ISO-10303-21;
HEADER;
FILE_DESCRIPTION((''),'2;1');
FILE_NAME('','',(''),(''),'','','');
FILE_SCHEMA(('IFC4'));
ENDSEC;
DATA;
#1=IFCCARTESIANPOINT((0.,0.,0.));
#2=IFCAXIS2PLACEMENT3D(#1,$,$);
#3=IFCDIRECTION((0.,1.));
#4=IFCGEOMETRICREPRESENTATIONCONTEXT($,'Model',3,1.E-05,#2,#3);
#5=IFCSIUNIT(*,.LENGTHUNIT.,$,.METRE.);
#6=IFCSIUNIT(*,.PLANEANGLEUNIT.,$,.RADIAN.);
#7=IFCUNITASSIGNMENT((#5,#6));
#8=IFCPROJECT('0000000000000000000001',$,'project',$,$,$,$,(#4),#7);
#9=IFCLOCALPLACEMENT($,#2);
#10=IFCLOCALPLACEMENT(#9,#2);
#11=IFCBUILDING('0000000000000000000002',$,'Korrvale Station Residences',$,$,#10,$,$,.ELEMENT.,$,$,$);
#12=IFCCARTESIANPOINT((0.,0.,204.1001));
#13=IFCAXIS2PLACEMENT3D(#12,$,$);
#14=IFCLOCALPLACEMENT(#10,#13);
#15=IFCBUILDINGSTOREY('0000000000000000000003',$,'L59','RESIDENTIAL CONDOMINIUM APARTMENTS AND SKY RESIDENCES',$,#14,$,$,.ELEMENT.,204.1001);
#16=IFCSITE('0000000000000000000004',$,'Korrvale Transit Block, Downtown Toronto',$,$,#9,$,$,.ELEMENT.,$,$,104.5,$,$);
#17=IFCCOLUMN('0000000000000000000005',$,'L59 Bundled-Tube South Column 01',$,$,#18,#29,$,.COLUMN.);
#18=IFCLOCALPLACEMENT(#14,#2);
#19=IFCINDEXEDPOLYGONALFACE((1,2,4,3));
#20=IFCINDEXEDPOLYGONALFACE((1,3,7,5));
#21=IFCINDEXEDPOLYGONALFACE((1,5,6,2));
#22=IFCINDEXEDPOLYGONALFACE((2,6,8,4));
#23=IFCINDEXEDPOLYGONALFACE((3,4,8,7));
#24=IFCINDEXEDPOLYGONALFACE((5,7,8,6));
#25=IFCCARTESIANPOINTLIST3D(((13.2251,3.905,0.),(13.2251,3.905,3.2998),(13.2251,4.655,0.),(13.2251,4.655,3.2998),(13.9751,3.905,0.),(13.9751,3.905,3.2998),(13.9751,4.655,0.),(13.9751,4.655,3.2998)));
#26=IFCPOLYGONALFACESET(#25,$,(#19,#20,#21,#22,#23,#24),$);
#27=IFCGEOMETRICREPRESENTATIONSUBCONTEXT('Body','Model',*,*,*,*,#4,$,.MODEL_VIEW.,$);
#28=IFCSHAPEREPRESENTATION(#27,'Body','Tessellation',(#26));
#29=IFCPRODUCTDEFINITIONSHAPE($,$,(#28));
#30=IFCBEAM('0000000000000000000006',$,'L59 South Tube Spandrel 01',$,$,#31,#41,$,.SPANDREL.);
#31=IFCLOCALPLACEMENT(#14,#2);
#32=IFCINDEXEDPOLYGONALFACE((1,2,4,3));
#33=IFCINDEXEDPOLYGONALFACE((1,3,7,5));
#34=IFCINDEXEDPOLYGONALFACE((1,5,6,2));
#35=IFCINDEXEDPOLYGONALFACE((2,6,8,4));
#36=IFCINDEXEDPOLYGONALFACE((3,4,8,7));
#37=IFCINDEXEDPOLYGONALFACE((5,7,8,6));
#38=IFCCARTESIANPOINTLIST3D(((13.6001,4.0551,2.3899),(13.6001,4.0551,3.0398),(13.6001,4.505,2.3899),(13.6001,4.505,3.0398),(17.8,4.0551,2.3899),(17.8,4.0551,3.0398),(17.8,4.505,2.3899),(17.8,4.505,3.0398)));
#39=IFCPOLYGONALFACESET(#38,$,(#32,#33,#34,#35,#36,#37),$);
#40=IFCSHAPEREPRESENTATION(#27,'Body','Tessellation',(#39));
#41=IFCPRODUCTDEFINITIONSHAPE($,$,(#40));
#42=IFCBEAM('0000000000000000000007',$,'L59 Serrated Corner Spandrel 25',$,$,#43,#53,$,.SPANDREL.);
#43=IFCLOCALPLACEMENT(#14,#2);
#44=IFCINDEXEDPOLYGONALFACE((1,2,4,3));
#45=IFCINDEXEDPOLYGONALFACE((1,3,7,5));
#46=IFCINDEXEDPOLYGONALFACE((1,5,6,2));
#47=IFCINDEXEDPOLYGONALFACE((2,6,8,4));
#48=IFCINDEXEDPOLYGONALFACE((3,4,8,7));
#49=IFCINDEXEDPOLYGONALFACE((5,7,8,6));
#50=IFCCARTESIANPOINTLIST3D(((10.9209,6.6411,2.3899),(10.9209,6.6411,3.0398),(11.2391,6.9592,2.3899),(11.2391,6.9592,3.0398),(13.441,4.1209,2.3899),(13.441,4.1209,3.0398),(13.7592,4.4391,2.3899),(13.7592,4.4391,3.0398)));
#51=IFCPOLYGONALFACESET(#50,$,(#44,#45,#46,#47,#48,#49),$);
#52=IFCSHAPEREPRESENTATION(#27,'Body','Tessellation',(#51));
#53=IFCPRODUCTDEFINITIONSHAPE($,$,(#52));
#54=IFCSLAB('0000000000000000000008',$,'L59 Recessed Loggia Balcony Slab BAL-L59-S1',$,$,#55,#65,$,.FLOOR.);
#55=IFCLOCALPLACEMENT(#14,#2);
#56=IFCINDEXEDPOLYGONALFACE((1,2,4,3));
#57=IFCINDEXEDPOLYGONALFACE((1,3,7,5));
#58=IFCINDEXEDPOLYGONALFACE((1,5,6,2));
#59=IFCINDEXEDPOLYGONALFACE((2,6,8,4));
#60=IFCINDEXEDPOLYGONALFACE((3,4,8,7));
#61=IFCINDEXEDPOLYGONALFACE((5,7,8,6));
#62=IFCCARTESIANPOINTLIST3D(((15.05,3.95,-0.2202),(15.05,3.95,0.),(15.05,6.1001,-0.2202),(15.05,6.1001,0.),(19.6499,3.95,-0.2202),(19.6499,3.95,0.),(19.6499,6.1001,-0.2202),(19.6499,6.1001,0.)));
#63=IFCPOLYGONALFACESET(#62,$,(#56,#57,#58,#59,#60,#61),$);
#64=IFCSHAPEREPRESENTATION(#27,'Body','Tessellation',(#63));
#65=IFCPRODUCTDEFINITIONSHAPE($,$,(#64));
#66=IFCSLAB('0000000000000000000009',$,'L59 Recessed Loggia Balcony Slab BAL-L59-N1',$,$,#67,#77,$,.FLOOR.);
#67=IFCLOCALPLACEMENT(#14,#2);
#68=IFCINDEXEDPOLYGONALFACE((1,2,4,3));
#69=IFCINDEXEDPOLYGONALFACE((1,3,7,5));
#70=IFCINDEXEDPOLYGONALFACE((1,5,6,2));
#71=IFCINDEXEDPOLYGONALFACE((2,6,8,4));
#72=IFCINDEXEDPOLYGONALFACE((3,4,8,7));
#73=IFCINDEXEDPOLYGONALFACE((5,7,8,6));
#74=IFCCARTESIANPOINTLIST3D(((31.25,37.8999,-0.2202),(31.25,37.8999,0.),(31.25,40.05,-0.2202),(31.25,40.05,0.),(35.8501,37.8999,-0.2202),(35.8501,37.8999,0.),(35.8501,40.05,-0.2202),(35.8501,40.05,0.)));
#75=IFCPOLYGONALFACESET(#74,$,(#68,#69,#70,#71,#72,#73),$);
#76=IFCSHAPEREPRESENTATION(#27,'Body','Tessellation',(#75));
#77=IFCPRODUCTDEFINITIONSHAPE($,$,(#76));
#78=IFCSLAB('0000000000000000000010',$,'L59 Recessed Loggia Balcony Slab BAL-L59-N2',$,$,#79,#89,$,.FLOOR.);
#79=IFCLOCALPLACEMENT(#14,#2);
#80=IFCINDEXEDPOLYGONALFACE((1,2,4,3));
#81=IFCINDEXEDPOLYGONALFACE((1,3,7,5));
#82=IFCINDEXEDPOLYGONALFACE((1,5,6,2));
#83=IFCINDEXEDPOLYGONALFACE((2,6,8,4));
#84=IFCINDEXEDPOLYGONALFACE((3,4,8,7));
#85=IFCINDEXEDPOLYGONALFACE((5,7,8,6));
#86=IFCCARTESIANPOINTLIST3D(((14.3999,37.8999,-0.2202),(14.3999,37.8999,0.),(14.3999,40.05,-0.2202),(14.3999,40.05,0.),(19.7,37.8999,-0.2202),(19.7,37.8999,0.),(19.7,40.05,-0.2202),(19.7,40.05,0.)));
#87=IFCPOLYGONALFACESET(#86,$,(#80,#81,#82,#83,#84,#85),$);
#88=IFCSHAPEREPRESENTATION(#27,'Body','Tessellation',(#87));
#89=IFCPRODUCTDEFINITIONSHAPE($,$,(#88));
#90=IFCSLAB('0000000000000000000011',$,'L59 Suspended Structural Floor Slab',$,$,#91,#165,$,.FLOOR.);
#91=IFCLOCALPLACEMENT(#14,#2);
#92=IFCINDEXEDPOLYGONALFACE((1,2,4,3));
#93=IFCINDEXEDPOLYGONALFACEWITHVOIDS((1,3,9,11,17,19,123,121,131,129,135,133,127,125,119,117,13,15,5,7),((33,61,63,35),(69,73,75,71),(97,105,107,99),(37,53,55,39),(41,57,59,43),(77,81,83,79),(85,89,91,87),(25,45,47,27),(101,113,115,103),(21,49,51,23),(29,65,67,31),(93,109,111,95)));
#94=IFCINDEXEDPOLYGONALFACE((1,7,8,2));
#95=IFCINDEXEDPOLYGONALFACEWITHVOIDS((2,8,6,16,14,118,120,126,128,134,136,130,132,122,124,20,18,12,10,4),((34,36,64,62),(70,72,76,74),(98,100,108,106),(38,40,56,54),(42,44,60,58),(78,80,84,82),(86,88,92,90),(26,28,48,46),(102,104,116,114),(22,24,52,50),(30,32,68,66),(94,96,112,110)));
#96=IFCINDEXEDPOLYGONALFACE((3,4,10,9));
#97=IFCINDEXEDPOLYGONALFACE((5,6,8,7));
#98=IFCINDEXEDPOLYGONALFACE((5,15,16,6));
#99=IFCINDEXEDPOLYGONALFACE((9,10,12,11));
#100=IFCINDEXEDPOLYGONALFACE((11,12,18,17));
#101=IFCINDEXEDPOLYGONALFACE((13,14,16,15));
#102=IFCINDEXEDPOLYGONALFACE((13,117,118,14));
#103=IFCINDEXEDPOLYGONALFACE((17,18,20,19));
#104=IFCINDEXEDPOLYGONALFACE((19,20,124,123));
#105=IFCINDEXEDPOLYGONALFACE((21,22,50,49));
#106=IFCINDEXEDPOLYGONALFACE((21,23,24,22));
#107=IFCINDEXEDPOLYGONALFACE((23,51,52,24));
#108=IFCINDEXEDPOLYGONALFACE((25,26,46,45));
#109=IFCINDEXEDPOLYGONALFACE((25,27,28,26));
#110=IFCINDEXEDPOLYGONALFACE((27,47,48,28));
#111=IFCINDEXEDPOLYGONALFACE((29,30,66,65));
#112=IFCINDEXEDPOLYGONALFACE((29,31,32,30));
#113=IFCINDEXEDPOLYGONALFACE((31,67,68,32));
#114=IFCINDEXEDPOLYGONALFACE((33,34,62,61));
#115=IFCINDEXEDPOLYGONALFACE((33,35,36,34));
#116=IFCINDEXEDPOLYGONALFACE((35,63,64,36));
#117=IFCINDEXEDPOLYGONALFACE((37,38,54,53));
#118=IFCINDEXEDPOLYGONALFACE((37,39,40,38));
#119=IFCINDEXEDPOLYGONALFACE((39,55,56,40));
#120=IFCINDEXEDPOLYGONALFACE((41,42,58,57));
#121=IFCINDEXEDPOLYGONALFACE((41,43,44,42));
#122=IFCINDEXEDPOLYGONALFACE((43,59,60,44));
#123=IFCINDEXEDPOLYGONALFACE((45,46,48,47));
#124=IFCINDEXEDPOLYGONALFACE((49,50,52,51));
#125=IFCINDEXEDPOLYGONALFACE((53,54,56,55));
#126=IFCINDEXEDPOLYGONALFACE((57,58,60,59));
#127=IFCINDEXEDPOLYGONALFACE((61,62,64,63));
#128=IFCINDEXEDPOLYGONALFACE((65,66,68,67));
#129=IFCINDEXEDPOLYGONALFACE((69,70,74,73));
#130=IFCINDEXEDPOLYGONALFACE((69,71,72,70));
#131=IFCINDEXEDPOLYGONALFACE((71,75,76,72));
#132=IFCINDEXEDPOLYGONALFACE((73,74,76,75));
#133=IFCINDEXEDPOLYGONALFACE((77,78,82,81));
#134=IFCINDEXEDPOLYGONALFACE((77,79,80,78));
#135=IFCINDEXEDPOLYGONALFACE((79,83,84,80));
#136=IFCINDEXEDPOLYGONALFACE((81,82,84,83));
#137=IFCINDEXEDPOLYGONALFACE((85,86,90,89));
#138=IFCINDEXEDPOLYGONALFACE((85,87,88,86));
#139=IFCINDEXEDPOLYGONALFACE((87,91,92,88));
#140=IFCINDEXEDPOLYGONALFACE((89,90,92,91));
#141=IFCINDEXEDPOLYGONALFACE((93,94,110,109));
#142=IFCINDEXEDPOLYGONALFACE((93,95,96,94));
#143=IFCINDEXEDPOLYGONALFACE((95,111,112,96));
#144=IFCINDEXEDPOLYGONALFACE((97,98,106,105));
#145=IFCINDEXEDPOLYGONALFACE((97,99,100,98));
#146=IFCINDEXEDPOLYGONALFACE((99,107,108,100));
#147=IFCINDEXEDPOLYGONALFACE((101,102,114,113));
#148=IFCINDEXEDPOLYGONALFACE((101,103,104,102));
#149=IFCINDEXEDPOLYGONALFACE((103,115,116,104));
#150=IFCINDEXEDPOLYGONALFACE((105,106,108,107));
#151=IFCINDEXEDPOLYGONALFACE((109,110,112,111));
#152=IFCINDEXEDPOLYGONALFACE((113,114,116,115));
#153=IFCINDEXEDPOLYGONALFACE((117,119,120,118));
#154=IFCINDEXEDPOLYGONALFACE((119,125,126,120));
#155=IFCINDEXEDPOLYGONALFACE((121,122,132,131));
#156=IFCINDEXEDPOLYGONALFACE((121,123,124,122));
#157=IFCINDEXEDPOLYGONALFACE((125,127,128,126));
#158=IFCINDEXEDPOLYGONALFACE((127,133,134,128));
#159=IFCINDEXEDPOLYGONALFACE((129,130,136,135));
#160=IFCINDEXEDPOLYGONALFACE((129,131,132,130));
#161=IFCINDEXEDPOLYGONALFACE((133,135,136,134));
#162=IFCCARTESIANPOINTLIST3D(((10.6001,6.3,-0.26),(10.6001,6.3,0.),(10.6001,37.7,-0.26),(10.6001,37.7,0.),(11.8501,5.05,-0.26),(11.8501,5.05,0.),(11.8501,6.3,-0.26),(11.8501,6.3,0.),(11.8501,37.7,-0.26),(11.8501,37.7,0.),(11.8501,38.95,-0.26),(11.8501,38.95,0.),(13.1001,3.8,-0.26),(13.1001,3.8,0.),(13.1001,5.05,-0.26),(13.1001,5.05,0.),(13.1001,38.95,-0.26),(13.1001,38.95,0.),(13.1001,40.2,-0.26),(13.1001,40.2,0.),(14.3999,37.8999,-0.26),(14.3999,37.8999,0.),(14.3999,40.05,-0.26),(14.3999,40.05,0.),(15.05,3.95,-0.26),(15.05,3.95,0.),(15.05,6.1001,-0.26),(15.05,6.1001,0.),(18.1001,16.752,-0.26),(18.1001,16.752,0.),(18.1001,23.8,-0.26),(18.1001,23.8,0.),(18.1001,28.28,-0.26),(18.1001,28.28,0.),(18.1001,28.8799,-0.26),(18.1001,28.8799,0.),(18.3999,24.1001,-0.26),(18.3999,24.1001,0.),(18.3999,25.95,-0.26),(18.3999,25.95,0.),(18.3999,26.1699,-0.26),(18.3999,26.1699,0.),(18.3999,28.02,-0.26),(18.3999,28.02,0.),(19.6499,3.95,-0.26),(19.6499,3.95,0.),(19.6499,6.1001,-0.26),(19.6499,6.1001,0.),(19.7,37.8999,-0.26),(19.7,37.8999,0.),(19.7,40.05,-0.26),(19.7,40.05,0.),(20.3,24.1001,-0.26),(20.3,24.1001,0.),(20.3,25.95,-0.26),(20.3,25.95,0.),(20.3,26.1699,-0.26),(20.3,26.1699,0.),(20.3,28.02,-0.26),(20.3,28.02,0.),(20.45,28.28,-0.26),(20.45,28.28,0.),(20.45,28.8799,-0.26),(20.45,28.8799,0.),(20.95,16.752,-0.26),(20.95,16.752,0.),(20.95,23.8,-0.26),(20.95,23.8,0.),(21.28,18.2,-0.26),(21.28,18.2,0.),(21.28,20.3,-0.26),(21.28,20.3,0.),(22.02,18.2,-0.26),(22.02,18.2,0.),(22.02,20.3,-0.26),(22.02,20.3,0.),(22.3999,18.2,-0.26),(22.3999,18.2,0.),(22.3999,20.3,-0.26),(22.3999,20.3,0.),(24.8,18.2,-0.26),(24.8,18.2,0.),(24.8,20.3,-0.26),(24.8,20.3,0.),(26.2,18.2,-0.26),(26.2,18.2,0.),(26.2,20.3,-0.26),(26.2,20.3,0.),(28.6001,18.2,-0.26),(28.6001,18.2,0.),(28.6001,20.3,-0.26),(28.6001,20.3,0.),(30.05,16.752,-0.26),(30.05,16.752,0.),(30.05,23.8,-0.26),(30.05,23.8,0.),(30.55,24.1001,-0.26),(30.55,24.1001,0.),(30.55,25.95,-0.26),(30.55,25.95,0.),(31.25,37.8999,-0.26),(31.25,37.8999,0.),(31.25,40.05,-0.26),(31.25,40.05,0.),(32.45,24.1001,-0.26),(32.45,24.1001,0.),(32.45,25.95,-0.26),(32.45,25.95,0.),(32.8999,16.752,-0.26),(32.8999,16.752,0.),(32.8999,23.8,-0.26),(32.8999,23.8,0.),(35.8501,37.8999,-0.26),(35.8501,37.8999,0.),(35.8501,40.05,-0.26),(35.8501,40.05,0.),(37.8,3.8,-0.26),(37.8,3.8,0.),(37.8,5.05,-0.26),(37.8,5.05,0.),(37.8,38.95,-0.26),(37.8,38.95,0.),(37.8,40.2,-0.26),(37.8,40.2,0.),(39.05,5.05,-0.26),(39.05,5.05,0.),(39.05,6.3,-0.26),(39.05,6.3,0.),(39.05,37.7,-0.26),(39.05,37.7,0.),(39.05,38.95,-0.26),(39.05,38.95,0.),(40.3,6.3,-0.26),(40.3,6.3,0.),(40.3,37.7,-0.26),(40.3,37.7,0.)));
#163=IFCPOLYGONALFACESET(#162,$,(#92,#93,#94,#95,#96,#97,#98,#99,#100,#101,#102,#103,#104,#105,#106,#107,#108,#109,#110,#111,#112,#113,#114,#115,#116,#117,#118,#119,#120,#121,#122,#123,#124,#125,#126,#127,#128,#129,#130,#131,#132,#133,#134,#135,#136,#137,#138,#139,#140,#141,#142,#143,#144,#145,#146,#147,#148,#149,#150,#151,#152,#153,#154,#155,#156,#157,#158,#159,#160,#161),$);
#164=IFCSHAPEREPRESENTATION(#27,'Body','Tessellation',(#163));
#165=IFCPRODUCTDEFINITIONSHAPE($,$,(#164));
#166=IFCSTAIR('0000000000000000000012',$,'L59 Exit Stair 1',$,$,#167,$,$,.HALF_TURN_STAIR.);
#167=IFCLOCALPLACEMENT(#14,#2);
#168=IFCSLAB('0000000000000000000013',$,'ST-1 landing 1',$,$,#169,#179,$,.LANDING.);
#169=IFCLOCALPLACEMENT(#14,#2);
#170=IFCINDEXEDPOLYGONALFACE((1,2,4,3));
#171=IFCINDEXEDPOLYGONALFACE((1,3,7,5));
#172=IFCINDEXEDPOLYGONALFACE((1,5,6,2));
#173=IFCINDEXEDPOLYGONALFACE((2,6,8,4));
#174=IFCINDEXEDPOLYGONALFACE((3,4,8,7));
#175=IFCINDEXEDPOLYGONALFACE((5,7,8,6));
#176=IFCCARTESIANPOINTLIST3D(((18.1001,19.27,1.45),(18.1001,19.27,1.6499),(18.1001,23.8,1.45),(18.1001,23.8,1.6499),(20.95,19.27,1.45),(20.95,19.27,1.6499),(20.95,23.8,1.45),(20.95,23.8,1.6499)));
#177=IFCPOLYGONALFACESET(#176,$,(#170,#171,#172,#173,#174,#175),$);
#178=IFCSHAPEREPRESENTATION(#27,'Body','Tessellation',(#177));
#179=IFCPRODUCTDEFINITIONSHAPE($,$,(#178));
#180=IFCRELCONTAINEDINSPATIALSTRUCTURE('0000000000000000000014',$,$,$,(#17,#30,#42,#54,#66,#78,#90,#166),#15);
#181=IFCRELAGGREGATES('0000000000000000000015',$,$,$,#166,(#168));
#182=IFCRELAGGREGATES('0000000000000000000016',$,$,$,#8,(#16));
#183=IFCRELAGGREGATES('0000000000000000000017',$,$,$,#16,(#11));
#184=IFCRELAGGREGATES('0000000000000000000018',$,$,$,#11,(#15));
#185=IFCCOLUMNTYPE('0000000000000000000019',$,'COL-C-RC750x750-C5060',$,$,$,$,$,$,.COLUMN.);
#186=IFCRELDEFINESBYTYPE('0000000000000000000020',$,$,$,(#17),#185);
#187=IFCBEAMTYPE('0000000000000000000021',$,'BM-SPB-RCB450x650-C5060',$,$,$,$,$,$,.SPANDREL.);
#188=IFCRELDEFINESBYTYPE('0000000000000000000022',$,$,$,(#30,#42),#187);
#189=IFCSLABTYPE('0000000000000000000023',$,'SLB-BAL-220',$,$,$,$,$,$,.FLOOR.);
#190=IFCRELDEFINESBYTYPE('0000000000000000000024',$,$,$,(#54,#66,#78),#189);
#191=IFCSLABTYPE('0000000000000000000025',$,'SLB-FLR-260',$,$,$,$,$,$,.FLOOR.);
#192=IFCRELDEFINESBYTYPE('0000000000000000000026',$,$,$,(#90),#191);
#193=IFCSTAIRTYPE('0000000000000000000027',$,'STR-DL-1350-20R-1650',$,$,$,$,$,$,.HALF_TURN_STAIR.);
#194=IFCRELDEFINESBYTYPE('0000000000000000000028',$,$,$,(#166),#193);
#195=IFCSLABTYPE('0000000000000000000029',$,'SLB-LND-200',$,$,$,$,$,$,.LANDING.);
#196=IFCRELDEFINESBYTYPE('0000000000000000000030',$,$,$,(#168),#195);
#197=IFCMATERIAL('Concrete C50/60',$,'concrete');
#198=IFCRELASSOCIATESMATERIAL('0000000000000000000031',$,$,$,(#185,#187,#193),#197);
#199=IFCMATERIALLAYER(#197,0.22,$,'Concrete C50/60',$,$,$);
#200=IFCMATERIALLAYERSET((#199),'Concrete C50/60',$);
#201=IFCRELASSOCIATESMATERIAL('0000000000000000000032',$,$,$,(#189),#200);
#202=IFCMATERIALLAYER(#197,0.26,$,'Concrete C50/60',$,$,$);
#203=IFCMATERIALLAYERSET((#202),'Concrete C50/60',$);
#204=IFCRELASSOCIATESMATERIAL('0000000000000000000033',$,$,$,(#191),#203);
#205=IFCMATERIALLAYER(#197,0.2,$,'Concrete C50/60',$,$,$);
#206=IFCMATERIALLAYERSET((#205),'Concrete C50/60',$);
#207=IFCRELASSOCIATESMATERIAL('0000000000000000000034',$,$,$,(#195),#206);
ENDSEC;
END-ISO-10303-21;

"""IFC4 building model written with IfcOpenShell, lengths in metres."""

from ifc_helpers import new_model, si_unit, direction, frame, origin, origin_2d, place, context, subcontext, project, spatial, polyline, rectangle, outline, extrude, material, layer, layer_set, material_profile, profile_set, type_object, element, aggregate, save


model = new_model("IFC4")

# Units and contexts
model_context = context("Model", 3, precision=1e-05, world=origin(), true_north=direction((0.0, 1.0)))
body_context = subcontext(model_context, "Body", "Model", "MODEL_VIEW")
ifc_project = project(units=[si_unit("LENGTHUNIT", "METRE"), si_unit("PLANEANGLEUNIT", "RADIAN")], contexts=[model_context])

# Site, building, storey
site_placement = place(None, origin())
site = spatial("IfcSite", under=ifc_project, at=site_placement, Name="Korrvale Transit Block, Downtown Toronto", CompositionType="ELEMENT", RefElevation=104.5)
building_placement = place(site_placement, origin())
building = spatial("IfcBuilding", under=site, at=building_placement, Name="Korrvale Station Residences", CompositionType="ELEMENT")
storey_placement = place(building_placement, frame((0.0, 0.0, 204.1001)))
storey = spatial("IfcBuildingStorey", under=building, at=storey_placement, Name="L59", Description="RESIDENTIAL CONDOMINIUM APARTMENTS AND SKY RESIDENCES", CompositionType="ELEMENT", Elevation=204.1001)

# Column
ifc_material_1 = material(Name="Concrete C50/60", Category="concrete")
ifc_material_profile_1 = material_profile(ifc_material_1, rectangle(XDim=0.75, YDim=0.75, at=origin_2d()), Name="RC750x750")
ifc_profile_set_1 = profile_set([ifc_material_profile_1], Name="Concrete C50/60")
column_type = type_object("IfcColumnType", Name="COL-C-RC750x750-C5060", PredefinedType="COLUMN", material=ifc_profile_set_1)
column_placement = place(storey_placement, frame((13.6001, 4.28, 0.0), z_axis=(0.0, 0.0, 1.0), x_axis=(1.0, 0.0, 0.0)))
element("IfcColumn", 1, at=column_placement, inside=storey, type_object=column_type, Name="L59 Bundled-Tube South Column 01", PredefinedType="COLUMN", context=body_context, shape_type="SweptSolid", body=[
    extrude(rectangle(XDim=0.75, YDim=0.75, at=origin_2d()), origin(), (0.0, 0.0, 1.0), 3.2998),
])

# Beams
ifc_material_profile_2 = material_profile(ifc_material_1, rectangle(XDim=0.45, YDim=0.6499, at=origin_2d()), Name="RCB450x650")
ifc_profile_set_2 = profile_set([ifc_material_profile_2], Name="Concrete C50/60")
beam_type = type_object("IfcBeamType", Name="BM-SPB-RCB450x650-C5060", PredefinedType="SPANDREL", material=ifc_profile_set_2)
beam_1_placement = place(storey_placement, frame((13.6001, 4.28, 2.7148), z_axis=(1.0, 0.0, 0.0), x_axis=(0.0, 1.0, 0.0)))
element("IfcBeam", 2, at=beam_1_placement, inside=storey, type_object=beam_type, Name="L59 South Tube Spandrel 01", PredefinedType="SPANDREL", context=body_context, shape_type="SweptSolid", body=[
    extrude(rectangle(XDim=0.45, YDim=0.6499, at=origin_2d()), origin(), (0.0, 0.0, 1.0), 4.2),
])
beam_2_placement = place(storey_placement, frame((13.6001, 4.28, 2.7148), z_axis=(-0.707107, 0.707107, 0.0), x_axis=(-0.707107, -0.707107, 0.0)))
element("IfcBeam", 3, at=beam_2_placement, inside=storey, type_object=beam_type, Name="L59 Serrated Corner Spandrel 25", PredefinedType="SPANDREL", context=body_context, shape_type="SweptSolid", body=[
    extrude(rectangle(XDim=0.45, YDim=0.6499, at=origin_2d()), origin(), (0.0, 0.0, 1.0), 3.564),
])

# Slabs
ifc_layer_1 = layer(ifc_material_1, 0.22, Name="Concrete C50/60")
ifc_layer_set_1 = layer_set([ifc_layer_1], Name="Concrete C50/60")
slab_type_1 = type_object("IfcSlabType", Name="SLB-BAL-220", PredefinedType="FLOOR", material=ifc_layer_set_1)
slab_1_placement = place(storey_placement, frame((0.0, 0.0, -0.2202)))
element("IfcSlab", 4, at=slab_1_placement, inside=storey, type_object=slab_type_1, Name="L59 Recessed Loggia Balcony Slab BAL-L59-S1", PredefinedType="FLOOR", context=body_context, shape_type="SweptSolid", body=[
    extrude(outline(polyline([(15.05, 3.95), (19.6499, 3.95), (19.6499, 6.1001), (15.05, 6.1001), (15.05, 3.95)])), origin(), (0.0, 0.0, 1.0), 0.2202),
])
slab_2_placement = place(storey_placement, frame((0.0, 0.0, -0.2202)))
element("IfcSlab", 5, at=slab_2_placement, inside=storey, type_object=slab_type_1, Name="L59 Recessed Loggia Balcony Slab BAL-L59-N1", PredefinedType="FLOOR", context=body_context, shape_type="SweptSolid", body=[
    extrude(outline(polyline([(31.25, 37.8999), (35.8501, 37.8999), (35.8501, 40.05), (31.25, 40.05), (31.25, 37.8999)])), origin(), (0.0, 0.0, 1.0), 0.2202),
])
slab_3_placement = place(storey_placement, frame((0.0, 0.0, -0.2202)))
element("IfcSlab", 6, at=slab_3_placement, inside=storey, type_object=slab_type_1, Name="L59 Recessed Loggia Balcony Slab BAL-L59-N2", PredefinedType="FLOOR", context=body_context, shape_type="SweptSolid", body=[
    extrude(outline(polyline([(14.3999, 37.8999), (19.7, 37.8999), (19.7, 40.05), (14.3999, 40.05), (14.3999, 37.8999)])), origin(), (0.0, 0.0, 1.0), 0.2202),
])
ifc_layer_2 = layer(ifc_material_1, 0.26, Name="Concrete C50/60")
ifc_layer_set_2 = layer_set([ifc_layer_2], Name="Concrete C50/60")
slab_type_2 = type_object("IfcSlabType", Name="SLB-FLR-260", PredefinedType="FLOOR", material=ifc_layer_set_2)
slab_4_placement = place(storey_placement, frame((0.0, 0.0, -0.26)))
element("IfcSlab", 7, at=slab_4_placement, inside=storey, type_object=slab_type_2, Name="L59 Suspended Structural Floor Slab", PredefinedType="FLOOR", context=body_context, shape_type="SweptSolid", body=[
    extrude(outline(polyline([(13.1001, 3.8), (37.8, 3.8), (37.8, 5.05), (39.05, 5.05), (39.05, 6.3), (40.3, 6.3), (40.3, 37.7), (39.05, 37.7), (39.05, 38.95), (37.8, 38.95), (37.8, 40.2), (13.1001, 40.2), (13.1001, 38.95), (11.8501, 38.95), (11.8501, 37.7), (10.6001, 37.7), (10.6001, 6.3), (11.8501, 6.3), (11.8501, 5.05), (13.1001, 5.05), (13.1001, 3.8)]), holes=[polyline([(20.95, 16.752), (20.95, 23.8), (18.1001, 23.8), (18.1001, 16.752), (20.95, 16.752)]), polyline([(32.8999, 16.752), (32.8999, 23.8), (30.05, 23.8), (30.05, 16.752), (32.8999, 16.752)]), polyline([(18.3999, 24.1001), (20.3, 24.1001), (20.3, 25.95), (18.3999, 25.95), (18.3999, 24.1001)]), polyline([(18.3999, 26.1699), (20.3, 26.1699), (20.3, 28.02), (18.3999, 28.02), (18.3999, 26.1699)]), polyline([(30.55, 24.1001), (32.45, 24.1001), (32.45, 25.95), (30.55, 25.95), (30.55, 24.1001)]), polyline([(22.3999, 18.2), (24.8, 18.2), (24.8, 20.3), (22.3999, 20.3), (22.3999, 18.2)]), polyline([(26.2, 18.2), (28.6001, 18.2), (28.6001, 20.3), (26.2, 20.3), (26.2, 18.2)]), polyline([(18.1001, 28.28), (20.45, 28.28), (20.45, 28.8799), (18.1001, 28.8799), (18.1001, 28.28)]), polyline([(21.28, 18.2), (22.02, 18.2), (22.02, 20.3), (21.28, 20.3), (21.28, 18.2)]), polyline([(15.05, 3.95), (19.6499, 3.95), (19.6499, 6.1001), (15.05, 6.1001), (15.05, 3.95)]), polyline([(31.25, 37.8999), (35.8501, 37.8999), (35.8501, 40.05), (31.25, 40.05), (31.25, 37.8999)]), polyline([(14.3999, 37.8999), (19.7, 37.8999), (19.7, 40.05), (14.3999, 40.05), (14.3999, 37.8999)])]), origin(), (0.0, 0.0, 1.0), 0.26),
])

# Stair, slab
stair_type = type_object("IfcStairType", Name="STR-DL-1350-20R-1650", PredefinedType="HALF_TURN_STAIR", material=ifc_material_1)
stair_1_placement = place(storey_placement, origin())
stair_1 = element("IfcStair", 8, at=stair_1_placement, inside=storey, type_object=stair_type, Name="L59 Exit Stair 1", PredefinedType="HALF_TURN_STAIR")
ifc_layer_3 = layer(ifc_material_1, 0.2, Name="Concrete C50/60")
ifc_layer_set_3 = layer_set([ifc_layer_3], Name="Concrete C50/60")
slab_type_3 = type_object("IfcSlabType", Name="SLB-LND-200", PredefinedType="LANDING", material=ifc_layer_set_3)
slab_5_placement = place(storey_placement, frame((0.0, 0.0, 1.45)))
slab_5 = element("IfcSlab", 9, at=slab_5_placement, type_object=slab_type_3, Name="ST-1 landing 1", PredefinedType="LANDING", context=body_context, shape_type="SweptSolid", body=[
    extrude(outline(polyline([(20.95, 19.27), (20.95, 23.8), (18.1001, 23.8), (18.1001, 19.27), (20.95, 19.27)])), origin(), (0.0, 0.0, 1.0), 0.2),
])
aggregate(stair_1, [slab_5])

save(model, "model.ifc")
